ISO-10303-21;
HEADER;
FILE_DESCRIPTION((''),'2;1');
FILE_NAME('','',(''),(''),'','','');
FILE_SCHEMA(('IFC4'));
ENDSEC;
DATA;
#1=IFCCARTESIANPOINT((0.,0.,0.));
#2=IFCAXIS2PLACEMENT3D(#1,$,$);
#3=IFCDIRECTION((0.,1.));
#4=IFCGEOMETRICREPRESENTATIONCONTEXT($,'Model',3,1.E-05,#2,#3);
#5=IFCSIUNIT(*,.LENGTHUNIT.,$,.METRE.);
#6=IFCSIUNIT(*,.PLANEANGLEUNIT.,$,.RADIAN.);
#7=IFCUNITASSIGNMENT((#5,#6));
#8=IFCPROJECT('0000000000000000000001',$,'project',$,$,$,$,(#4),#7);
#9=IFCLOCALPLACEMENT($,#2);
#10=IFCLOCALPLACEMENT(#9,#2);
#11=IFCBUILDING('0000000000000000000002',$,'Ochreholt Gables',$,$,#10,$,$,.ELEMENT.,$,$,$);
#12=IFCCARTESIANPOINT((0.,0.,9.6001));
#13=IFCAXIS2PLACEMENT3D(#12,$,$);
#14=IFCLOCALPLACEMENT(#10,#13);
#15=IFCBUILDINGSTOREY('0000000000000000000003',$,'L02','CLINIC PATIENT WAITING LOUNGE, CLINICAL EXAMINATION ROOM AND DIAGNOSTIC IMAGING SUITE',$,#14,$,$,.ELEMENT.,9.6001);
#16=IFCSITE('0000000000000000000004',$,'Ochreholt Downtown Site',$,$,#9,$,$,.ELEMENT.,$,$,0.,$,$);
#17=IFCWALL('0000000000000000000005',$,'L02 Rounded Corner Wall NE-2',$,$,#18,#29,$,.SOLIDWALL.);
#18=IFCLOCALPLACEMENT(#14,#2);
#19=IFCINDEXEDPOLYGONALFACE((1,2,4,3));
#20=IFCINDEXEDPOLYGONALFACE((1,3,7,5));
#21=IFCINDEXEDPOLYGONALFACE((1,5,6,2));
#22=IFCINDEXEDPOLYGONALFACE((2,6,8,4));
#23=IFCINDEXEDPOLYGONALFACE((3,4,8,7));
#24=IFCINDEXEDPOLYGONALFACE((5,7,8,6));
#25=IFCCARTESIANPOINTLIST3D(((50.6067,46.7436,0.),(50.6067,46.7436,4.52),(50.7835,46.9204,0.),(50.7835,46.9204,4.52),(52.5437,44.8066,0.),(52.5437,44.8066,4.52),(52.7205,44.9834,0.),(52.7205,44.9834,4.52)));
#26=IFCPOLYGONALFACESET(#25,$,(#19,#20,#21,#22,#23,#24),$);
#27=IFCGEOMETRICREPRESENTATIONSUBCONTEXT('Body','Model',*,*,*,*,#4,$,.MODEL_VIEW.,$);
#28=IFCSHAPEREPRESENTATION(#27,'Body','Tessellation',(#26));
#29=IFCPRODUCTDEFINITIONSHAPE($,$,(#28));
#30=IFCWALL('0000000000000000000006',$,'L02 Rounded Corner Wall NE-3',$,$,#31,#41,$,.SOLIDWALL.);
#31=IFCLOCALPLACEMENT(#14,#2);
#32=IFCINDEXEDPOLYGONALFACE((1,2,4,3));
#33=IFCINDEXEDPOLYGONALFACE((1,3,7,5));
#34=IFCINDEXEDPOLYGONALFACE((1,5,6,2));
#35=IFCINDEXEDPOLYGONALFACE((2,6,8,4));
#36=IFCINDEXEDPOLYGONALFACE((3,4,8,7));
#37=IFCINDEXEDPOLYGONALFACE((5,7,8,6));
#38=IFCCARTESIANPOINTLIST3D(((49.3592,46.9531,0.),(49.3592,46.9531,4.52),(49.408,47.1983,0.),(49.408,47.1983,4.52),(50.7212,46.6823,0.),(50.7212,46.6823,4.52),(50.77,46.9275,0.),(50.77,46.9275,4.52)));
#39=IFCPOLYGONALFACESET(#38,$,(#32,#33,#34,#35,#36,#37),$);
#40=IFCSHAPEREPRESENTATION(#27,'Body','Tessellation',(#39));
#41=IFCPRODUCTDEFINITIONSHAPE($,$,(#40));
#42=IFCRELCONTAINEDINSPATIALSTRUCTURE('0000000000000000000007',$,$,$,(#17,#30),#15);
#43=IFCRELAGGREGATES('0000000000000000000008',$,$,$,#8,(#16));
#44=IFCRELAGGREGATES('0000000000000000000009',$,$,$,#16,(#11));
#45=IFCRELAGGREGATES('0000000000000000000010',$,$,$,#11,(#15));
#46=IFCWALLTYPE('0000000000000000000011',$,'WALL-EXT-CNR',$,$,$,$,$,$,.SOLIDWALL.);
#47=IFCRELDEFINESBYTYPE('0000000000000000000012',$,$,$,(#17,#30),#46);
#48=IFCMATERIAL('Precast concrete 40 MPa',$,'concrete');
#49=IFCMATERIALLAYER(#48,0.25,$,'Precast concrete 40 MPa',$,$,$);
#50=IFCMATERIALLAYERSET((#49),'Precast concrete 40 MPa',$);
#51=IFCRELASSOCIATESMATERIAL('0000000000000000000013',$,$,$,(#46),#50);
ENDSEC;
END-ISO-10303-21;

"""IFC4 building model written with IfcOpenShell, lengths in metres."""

from ifc_helpers import new_model, si_unit, direction, frame, frame_2d, origin, place, context, subcontext, project, spatial, rectangle, extrude, material, layer, layer_set, type_object, element, save


model = new_model("IFC4")

# Units and contexts
model_context = context("Model", 3, precision=1e-05, world=origin(), true_north=direction((0.0, 1.0)))
body_context = subcontext(model_context, "Body", "Model", "MODEL_VIEW")
ifc_project = project(units=[si_unit("LENGTHUNIT", "METRE"), si_unit("PLANEANGLEUNIT", "RADIAN")], contexts=[model_context])

# Site, building, storey
site_placement = place(None, origin())
site = spatial("IfcSite", under=ifc_project, at=site_placement, Name="Ochreholt Downtown Site", CompositionType="ELEMENT", RefElevation=0.0)
building_placement = place(site_placement, origin())
building = spatial("IfcBuilding", under=site, at=building_placement, Name="Ochreholt Gables", CompositionType="ELEMENT")
storey_placement = place(building_placement, frame((0.0, 0.0, 9.6001)))
storey = spatial("IfcBuildingStorey", under=building, at=storey_placement, Name="L02", Description="CLINIC PATIENT WAITING LOUNGE, CLINICAL EXAMINATION ROOM AND DIAGNOSTIC IMAGING SUITE", CompositionType="ELEMENT", Elevation=9.6001)

# Shared definitions
ifc_material_1 = material(Name="Precast concrete 40 MPa", Category="concrete")

# Walls
ifc_layer_1 = layer(ifc_material_1, 0.25, Name="Precast concrete 40 MPa")
ifc_layer_set_1 = layer_set([ifc_layer_1], Name="Precast concrete 40 MPa")
wall_type_1 = type_object("IfcWallType", Name="WALL-EXT-CNR", PredefinedType="SOLIDWALL", material=ifc_layer_set_1)
wall_1_placement = place(storey_placement, frame((52.6321, 44.895, 0.0), z_axis=(0.0, 0.0, 1.0), x_axis=(-0.707107, 0.707107, 0.0)))
element("IfcWall", 1, at=wall_1_placement, inside=storey, type_object=wall_type_1, Name="L02 Rounded Corner Wall NE-2", PredefinedType="SOLIDWALL", context=body_context, shape_type="SweptSolid", body=[
    extrude(rectangle(XDim=2.7393, YDim=0.25, at=frame_2d((1.3696, 0.0))), origin(), (0.0, 0.0, 1.0), 4.52),
])
wall_2_placement = place(storey_placement, frame((50.7456, 46.8049, 0.0), z_axis=(0.0, 0.0, 1.0), x_axis=(-0.98081, 0.194967, 0.0)))
element("IfcWall", 2, at=wall_2_placement, inside=storey, type_object=wall_type_1, Name="L02 Rounded Corner Wall NE-3", PredefinedType="SOLIDWALL", context=body_context, shape_type="SweptSolid", body=[
    extrude(rectangle(XDim=1.3887, YDim=0.25, at=frame_2d((0.6943, 0.0))), origin(), (0.0, 0.0, 1.0), 4.52),
])

save(model, "model.ifc")
